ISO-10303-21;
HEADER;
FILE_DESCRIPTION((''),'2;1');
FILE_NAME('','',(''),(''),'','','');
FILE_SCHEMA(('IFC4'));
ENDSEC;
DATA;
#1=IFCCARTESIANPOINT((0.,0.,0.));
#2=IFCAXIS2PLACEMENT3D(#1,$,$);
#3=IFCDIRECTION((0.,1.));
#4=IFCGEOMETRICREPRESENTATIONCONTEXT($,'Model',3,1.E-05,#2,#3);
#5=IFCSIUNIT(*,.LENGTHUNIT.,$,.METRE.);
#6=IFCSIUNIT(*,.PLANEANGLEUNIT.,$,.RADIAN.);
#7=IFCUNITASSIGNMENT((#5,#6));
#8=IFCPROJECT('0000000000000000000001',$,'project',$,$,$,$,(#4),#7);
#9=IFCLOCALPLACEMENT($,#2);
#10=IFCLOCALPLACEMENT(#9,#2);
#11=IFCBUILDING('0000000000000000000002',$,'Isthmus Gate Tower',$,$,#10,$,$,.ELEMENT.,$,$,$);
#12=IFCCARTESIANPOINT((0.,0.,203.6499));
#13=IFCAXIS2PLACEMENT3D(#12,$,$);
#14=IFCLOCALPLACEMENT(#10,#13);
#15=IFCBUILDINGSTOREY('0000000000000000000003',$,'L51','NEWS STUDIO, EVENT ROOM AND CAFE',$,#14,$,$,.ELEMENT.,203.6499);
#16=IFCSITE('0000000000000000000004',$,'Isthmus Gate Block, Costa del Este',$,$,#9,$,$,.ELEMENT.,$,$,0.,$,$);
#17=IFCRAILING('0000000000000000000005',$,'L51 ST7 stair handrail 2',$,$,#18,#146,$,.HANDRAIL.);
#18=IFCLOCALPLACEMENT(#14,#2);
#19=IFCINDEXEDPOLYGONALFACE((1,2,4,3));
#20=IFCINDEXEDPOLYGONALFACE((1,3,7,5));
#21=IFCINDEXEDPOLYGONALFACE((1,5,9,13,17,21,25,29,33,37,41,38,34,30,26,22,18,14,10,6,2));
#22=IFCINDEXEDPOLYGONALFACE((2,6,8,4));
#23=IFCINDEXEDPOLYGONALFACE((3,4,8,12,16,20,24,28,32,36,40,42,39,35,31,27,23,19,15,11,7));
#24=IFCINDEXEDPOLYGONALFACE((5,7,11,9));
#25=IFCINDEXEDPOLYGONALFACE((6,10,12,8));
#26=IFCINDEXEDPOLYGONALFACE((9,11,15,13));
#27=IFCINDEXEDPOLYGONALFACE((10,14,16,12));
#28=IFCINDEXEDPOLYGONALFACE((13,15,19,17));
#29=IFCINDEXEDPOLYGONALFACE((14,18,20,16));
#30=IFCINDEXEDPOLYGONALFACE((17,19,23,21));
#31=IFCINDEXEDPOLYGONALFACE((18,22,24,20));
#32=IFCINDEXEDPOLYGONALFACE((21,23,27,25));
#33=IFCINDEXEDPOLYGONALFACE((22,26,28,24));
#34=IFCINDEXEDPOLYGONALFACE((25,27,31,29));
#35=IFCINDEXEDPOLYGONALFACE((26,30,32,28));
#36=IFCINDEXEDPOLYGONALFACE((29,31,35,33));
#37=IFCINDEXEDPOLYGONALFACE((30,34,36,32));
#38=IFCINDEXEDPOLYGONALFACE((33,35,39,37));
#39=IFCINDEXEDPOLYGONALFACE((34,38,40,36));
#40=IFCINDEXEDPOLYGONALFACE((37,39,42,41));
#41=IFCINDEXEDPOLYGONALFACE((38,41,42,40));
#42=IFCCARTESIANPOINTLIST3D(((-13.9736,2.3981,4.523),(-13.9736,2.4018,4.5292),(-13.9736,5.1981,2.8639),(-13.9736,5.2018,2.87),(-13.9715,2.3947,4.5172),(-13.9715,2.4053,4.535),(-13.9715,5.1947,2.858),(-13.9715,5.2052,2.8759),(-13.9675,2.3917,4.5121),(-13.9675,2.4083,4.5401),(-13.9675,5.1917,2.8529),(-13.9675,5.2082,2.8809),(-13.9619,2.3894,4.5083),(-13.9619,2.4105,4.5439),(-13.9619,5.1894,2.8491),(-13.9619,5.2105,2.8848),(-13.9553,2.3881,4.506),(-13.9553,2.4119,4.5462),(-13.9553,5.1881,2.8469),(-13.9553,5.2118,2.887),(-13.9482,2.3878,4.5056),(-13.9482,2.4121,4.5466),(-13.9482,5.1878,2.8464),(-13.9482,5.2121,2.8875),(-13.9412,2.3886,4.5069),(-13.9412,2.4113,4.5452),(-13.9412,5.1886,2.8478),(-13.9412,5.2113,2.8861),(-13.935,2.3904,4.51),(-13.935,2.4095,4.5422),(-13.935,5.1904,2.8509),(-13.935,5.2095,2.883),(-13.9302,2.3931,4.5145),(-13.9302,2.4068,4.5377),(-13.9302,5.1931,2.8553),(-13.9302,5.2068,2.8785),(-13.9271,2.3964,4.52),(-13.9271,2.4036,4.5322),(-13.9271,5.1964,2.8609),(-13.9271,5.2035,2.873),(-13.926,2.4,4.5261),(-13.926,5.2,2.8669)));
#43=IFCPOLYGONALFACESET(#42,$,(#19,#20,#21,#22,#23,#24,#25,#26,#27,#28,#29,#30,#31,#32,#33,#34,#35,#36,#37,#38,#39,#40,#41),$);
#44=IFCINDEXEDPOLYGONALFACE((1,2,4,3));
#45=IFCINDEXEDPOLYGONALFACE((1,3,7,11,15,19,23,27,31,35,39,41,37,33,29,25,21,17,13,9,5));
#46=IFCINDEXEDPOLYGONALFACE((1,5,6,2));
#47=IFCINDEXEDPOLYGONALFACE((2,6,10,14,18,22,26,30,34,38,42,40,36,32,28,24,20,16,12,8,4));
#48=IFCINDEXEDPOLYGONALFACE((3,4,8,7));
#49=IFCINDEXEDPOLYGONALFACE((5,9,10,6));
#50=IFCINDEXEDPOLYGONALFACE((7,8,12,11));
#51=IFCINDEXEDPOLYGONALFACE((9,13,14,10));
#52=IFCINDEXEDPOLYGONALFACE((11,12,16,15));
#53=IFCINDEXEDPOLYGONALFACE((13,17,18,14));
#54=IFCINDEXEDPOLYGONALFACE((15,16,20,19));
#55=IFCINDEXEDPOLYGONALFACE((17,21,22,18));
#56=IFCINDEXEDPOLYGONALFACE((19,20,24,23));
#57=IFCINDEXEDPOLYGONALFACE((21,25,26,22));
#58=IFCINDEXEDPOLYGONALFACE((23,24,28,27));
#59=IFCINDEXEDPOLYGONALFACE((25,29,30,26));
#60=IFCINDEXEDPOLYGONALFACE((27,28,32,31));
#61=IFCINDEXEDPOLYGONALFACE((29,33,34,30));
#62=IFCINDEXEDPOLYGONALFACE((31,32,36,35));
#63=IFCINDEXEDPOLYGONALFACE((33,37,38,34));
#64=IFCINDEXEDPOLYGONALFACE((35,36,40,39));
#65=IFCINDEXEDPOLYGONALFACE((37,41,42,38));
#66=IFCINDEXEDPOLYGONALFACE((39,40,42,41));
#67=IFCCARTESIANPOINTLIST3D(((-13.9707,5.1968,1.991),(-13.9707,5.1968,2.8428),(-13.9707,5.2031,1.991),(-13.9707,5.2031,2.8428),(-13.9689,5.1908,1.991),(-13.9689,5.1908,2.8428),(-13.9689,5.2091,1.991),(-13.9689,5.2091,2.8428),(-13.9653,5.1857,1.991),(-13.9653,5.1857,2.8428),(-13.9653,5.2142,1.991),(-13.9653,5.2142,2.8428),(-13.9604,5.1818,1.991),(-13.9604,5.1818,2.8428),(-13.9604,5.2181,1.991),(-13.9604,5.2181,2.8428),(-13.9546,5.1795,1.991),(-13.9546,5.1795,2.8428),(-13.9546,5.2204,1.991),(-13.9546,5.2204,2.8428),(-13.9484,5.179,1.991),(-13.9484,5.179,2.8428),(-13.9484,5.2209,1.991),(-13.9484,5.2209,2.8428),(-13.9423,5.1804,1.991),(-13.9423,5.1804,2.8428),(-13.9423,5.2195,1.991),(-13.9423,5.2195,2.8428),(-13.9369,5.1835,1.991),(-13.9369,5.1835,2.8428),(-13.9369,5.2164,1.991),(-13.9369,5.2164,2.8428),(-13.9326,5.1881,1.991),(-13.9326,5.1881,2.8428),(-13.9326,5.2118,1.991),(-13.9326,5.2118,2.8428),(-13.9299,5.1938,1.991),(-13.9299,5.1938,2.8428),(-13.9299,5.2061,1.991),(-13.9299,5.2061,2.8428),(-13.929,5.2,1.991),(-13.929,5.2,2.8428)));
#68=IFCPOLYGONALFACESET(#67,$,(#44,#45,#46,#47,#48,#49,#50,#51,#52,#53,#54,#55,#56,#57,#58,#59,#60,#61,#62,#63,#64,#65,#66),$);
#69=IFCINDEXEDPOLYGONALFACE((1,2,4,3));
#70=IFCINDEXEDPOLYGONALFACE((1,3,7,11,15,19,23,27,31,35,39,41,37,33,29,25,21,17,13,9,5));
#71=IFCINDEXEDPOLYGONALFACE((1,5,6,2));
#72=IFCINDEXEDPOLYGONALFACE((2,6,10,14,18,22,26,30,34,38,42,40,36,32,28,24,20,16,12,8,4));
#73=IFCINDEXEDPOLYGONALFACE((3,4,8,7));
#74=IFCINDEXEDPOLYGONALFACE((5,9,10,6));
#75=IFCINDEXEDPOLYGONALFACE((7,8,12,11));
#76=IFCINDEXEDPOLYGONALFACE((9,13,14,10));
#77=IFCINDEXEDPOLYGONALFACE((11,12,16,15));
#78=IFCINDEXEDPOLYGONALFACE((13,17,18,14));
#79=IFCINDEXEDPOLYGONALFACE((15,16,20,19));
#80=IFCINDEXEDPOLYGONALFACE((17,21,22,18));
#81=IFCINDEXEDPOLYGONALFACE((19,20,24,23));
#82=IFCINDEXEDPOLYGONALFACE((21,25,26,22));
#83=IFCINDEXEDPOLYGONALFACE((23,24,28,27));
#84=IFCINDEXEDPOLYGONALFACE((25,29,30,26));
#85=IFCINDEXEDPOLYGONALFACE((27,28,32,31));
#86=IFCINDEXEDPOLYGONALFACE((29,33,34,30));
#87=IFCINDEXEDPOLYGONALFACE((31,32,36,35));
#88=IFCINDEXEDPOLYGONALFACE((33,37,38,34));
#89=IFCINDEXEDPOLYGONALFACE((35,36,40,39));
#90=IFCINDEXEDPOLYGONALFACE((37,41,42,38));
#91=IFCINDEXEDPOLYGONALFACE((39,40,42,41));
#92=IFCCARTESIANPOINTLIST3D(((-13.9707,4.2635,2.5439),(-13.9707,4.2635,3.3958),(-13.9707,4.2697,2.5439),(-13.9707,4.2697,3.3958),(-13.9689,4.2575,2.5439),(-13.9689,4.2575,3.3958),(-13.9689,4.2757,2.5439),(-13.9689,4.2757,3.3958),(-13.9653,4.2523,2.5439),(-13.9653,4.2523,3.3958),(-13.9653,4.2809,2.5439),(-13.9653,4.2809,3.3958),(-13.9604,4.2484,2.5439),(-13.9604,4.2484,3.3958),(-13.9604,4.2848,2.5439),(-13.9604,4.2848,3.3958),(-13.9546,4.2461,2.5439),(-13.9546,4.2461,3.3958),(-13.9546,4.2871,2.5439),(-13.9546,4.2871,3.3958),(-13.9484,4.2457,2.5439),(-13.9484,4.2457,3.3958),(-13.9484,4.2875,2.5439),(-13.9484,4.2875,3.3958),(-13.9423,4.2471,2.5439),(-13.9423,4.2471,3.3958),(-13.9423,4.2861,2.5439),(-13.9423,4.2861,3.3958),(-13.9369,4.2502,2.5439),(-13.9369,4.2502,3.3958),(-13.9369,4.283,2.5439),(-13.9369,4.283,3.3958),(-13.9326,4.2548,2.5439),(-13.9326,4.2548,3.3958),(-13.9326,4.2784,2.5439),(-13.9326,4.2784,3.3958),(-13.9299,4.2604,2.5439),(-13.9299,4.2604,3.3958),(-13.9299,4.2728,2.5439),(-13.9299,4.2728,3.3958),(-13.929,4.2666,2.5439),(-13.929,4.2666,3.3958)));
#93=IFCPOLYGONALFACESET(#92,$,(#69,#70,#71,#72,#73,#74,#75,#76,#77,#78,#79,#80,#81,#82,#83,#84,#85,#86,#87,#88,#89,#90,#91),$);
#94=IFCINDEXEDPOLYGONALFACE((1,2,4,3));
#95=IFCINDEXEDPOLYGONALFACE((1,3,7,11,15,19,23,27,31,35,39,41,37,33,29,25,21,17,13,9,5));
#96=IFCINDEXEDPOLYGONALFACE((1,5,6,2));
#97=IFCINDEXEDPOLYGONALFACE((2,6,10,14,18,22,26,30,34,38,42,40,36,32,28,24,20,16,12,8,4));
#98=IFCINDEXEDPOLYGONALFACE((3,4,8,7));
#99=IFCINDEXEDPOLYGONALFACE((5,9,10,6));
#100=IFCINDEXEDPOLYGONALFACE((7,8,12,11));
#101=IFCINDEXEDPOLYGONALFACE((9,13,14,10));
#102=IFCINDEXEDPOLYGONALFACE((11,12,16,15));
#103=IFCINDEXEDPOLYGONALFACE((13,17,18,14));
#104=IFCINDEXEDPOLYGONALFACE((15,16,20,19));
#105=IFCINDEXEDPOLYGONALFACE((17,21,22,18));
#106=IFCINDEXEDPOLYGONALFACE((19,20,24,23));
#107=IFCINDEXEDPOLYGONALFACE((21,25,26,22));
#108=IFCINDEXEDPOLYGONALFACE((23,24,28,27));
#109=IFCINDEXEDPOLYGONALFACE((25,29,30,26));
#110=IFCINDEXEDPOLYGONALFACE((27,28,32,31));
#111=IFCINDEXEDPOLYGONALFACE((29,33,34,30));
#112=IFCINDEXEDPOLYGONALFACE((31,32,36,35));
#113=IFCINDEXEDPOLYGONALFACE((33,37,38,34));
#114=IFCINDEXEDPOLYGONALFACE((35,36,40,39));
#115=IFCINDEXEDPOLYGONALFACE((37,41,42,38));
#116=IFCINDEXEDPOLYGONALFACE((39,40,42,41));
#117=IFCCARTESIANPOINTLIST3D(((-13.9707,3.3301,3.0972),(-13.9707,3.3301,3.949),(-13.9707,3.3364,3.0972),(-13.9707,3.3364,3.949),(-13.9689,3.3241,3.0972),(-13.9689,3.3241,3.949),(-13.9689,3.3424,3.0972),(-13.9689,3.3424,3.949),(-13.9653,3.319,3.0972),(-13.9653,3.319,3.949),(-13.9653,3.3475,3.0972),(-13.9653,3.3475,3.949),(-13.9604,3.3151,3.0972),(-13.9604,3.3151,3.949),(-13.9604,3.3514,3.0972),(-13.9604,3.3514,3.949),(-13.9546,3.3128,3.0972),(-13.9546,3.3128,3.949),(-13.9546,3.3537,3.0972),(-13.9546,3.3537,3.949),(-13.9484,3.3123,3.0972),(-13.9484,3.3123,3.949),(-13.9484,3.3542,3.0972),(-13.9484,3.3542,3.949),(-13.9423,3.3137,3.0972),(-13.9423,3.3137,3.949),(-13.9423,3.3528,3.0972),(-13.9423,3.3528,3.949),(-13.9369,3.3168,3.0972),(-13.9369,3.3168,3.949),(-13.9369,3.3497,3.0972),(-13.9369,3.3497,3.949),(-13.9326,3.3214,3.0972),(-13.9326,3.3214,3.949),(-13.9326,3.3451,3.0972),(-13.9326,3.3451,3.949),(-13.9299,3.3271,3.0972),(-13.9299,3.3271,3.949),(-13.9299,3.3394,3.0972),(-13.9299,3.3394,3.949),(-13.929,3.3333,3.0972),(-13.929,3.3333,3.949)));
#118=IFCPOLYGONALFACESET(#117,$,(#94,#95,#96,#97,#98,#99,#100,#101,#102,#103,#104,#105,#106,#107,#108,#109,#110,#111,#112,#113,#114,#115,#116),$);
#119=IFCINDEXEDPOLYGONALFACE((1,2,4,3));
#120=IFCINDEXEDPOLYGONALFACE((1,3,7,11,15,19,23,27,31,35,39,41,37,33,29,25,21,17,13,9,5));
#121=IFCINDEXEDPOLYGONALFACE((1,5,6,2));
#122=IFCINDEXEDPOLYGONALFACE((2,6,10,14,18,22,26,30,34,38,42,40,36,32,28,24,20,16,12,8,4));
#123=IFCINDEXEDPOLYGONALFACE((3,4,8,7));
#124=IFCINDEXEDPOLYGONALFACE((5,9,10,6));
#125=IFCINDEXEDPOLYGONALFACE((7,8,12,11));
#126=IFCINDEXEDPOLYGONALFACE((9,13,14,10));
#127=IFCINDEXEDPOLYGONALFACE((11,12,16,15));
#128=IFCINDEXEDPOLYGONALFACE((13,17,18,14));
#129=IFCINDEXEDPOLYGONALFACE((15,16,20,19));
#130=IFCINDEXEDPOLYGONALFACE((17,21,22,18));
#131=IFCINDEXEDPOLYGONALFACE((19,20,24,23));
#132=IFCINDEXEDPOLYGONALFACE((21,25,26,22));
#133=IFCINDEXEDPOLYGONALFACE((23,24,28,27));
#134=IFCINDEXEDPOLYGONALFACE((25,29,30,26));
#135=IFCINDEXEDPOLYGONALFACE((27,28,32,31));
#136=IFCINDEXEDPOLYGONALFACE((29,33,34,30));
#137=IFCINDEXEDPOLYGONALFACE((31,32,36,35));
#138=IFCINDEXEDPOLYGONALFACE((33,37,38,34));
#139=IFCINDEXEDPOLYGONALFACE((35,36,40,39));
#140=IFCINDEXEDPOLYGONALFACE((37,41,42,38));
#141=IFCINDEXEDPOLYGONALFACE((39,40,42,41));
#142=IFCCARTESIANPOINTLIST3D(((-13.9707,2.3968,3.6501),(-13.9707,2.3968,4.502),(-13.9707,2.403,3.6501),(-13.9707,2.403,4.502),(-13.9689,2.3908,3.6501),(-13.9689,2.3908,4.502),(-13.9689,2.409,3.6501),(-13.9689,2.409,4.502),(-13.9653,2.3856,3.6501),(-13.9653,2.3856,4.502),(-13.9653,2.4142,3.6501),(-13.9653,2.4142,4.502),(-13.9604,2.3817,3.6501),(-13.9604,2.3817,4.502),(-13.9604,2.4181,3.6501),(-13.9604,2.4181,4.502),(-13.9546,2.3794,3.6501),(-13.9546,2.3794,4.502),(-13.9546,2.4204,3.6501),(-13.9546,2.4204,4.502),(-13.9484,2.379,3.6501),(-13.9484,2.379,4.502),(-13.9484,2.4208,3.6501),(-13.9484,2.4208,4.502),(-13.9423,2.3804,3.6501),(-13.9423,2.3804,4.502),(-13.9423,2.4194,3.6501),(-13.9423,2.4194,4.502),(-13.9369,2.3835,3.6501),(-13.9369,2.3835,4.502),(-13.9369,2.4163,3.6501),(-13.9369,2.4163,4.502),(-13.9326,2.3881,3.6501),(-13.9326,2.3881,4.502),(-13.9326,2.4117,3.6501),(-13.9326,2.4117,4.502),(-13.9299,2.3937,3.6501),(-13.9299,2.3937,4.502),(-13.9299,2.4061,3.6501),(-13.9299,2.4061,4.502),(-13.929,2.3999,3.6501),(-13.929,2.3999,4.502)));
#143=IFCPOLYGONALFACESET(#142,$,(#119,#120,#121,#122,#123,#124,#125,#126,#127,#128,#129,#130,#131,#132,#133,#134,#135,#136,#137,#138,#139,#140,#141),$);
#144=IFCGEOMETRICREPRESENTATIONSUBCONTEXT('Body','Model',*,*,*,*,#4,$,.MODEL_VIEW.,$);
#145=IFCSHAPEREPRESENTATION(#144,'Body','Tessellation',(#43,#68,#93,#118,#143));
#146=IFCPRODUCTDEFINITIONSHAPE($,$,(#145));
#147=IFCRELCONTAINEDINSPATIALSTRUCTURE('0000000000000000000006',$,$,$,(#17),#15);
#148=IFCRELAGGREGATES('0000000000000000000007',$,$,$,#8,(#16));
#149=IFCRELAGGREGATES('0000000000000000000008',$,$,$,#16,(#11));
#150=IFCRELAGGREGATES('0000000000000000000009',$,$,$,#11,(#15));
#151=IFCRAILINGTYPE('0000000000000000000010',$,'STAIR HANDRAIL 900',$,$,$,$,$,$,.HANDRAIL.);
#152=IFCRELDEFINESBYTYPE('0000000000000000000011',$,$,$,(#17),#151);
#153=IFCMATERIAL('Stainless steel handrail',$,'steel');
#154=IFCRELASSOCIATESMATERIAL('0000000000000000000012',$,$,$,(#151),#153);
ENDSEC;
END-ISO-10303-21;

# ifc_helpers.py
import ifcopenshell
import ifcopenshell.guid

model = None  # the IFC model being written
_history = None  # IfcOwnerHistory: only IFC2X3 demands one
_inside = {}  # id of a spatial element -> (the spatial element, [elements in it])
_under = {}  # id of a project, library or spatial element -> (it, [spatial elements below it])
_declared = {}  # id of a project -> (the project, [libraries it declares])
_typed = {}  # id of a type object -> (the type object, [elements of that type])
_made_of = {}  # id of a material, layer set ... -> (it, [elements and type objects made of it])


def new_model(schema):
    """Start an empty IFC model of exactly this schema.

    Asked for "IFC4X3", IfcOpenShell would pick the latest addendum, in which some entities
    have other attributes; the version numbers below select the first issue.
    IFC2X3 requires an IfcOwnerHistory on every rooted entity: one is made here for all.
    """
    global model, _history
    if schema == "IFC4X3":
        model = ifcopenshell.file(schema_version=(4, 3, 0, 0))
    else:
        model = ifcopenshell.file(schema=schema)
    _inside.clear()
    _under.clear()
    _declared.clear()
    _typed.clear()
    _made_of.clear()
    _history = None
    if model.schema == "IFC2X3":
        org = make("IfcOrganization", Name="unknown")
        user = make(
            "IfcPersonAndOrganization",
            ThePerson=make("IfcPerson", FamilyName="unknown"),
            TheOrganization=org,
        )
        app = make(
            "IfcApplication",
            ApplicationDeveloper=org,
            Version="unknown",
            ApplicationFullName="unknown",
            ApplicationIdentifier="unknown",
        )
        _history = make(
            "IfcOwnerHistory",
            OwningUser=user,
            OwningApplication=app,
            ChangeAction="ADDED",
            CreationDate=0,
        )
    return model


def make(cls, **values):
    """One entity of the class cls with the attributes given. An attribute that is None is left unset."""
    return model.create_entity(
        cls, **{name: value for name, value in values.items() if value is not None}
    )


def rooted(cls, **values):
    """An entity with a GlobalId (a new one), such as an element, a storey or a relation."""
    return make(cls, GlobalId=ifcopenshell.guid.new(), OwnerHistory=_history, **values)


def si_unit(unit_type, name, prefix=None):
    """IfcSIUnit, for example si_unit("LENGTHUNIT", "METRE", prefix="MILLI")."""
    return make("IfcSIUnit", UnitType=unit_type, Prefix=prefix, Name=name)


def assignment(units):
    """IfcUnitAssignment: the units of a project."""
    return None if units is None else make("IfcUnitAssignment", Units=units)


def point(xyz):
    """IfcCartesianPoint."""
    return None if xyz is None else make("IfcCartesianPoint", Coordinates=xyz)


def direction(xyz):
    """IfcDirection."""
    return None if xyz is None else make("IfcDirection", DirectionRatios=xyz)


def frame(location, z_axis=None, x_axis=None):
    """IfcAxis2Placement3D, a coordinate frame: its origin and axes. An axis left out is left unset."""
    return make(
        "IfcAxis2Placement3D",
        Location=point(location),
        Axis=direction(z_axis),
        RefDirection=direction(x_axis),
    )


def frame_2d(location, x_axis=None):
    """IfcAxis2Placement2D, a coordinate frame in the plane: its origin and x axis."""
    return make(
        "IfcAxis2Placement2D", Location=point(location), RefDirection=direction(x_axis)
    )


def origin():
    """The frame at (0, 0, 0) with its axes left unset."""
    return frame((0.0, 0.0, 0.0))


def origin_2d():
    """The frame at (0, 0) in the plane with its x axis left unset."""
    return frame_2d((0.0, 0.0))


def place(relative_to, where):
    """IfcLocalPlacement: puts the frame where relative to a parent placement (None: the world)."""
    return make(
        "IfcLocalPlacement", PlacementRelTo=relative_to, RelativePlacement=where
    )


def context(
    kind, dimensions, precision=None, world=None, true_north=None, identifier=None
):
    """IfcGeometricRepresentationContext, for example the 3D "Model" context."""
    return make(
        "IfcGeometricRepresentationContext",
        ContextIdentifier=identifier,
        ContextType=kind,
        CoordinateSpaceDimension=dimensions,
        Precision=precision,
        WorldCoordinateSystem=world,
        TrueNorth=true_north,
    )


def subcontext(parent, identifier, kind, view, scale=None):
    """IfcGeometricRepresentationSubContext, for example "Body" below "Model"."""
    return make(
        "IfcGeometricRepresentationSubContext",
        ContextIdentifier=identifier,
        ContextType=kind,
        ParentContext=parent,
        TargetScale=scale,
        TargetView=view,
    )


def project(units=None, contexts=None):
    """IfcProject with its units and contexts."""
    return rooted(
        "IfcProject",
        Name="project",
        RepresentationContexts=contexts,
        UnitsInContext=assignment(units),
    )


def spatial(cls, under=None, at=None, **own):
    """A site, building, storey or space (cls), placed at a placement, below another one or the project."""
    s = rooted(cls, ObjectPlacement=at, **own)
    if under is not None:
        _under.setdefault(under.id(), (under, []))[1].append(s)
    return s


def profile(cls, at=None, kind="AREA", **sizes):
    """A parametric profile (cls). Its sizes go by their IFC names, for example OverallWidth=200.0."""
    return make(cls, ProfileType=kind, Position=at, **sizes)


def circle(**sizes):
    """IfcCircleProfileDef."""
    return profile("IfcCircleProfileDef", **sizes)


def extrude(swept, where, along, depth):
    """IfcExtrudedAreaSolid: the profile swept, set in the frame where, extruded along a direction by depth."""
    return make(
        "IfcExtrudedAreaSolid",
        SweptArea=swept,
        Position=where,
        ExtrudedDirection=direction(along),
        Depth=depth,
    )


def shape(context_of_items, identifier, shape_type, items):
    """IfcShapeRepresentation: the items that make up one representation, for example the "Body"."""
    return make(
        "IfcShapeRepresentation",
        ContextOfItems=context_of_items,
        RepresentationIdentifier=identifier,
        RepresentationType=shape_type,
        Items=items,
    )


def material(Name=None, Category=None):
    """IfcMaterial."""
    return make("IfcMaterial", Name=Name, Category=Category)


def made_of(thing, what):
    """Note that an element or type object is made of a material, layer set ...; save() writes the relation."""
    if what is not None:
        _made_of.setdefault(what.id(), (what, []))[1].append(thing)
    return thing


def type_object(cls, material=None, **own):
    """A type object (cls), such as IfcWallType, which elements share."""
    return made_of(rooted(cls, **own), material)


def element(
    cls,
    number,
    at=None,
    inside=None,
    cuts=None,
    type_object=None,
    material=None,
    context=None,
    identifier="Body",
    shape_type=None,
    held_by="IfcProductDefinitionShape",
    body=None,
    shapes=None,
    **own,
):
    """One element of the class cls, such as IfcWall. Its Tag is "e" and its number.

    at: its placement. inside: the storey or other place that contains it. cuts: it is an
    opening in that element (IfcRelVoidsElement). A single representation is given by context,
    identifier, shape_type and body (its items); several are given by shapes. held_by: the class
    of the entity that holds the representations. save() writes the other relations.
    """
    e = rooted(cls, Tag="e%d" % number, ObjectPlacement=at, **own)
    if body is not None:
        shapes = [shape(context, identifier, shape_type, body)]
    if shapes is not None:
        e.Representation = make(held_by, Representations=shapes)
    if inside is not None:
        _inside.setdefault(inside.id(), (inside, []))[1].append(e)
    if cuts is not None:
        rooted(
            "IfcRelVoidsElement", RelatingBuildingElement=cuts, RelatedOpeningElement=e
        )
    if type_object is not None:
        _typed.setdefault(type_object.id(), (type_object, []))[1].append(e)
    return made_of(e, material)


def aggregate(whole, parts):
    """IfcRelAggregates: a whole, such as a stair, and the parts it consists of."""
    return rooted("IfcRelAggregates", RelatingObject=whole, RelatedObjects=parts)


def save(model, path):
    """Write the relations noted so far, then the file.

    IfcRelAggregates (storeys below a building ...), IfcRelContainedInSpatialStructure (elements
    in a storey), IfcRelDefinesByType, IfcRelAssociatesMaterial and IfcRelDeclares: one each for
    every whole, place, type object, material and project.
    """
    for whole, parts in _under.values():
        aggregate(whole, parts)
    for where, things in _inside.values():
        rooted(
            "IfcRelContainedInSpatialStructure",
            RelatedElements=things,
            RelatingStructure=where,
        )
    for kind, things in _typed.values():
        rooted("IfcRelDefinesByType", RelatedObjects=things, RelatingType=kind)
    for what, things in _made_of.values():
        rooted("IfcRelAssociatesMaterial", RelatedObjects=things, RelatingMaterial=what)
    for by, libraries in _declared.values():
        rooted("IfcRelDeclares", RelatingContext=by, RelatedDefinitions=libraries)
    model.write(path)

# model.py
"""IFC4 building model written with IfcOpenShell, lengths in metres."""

from ifc_helpers import new_model, si_unit, direction, frame, origin, origin_2d, place, context, subcontext, project, spatial, circle, extrude, material, type_object, element, save


model = new_model("IFC4")

# Units and contexts
model_context = context("Model", 3, precision=1e-05, world=origin(), true_north=direction((0.0, 1.0)))
body_context = subcontext(model_context, "Body", "Model", "MODEL_VIEW")
ifc_project = project(units=[si_unit("LENGTHUNIT", "METRE"), si_unit("PLANEANGLEUNIT", "RADIAN")], contexts=[model_context])

# Site, building, storey
site_placement = place(None, origin())
site = spatial("IfcSite", under=ifc_project, at=site_placement, Name="Isthmus Gate Block, Costa del Este", CompositionType="ELEMENT", RefElevation=0.0)
building_placement = place(site_placement, origin())
building = spatial("IfcBuilding", under=site, at=building_placement, Name="Isthmus Gate Tower", CompositionType="ELEMENT")
storey_placement = place(building_placement, frame((0.0, 0.0, 203.6499)))
storey = spatial("IfcBuildingStorey", under=building, at=storey_placement, Name="L51", Description="NEWS STUDIO, EVENT ROOM AND CAFE", CompositionType="ELEMENT", Elevation=203.6499)

# Railing
ifc_material_1 = material(Name="Stainless steel handrail", Category="steel")
railing_type_1 = type_object("IfcRailingType", Name="STAIR HANDRAIL 900", PredefinedType="HANDRAIL", material=ifc_material_1)
for number, where, name in (
    (1, (-13.95, 5.2, 1.991), "L51 ST7 stair handrail 2"),
):
    element("IfcRailing", number, at=place(storey_placement, frame(where)), inside=storey, type_object=railing_type_1, Name=name, PredefinedType="HANDRAIL", context=body_context, shape_type="SweptSolid", body=[
        extrude(circle(Radius=0.0239, at=origin_2d()), frame((0.0, 0.0, 0.876), z_axis=(0.0, -0.860306, 0.509778), x_axis=(1.0, 0.0, 0.0)), (0.0, 0.0, 1.0), 3.2546),
        extrude(circle(Radius=0.021, at=origin_2d()), origin(), (0.0, 0.0, 1.0), 0.8518),
        extrude(circle(Radius=0.021, at=origin_2d()), frame((0.0, -0.9333, 0.553)), (0.0, 0.0, 1.0), 0.8518),
        extrude(circle(Radius=0.021, at=origin_2d()), frame((0.0, -1.8667, 1.1062)), (0.0, 0.0, 1.0), 0.8518),
        extrude(circle(Radius=0.021, at=origin_2d()), frame((0.0, -2.8, 1.6592)), (0.0, 0.0, 1.0), 0.8518),
    ])

save(model, "model.ifc")
